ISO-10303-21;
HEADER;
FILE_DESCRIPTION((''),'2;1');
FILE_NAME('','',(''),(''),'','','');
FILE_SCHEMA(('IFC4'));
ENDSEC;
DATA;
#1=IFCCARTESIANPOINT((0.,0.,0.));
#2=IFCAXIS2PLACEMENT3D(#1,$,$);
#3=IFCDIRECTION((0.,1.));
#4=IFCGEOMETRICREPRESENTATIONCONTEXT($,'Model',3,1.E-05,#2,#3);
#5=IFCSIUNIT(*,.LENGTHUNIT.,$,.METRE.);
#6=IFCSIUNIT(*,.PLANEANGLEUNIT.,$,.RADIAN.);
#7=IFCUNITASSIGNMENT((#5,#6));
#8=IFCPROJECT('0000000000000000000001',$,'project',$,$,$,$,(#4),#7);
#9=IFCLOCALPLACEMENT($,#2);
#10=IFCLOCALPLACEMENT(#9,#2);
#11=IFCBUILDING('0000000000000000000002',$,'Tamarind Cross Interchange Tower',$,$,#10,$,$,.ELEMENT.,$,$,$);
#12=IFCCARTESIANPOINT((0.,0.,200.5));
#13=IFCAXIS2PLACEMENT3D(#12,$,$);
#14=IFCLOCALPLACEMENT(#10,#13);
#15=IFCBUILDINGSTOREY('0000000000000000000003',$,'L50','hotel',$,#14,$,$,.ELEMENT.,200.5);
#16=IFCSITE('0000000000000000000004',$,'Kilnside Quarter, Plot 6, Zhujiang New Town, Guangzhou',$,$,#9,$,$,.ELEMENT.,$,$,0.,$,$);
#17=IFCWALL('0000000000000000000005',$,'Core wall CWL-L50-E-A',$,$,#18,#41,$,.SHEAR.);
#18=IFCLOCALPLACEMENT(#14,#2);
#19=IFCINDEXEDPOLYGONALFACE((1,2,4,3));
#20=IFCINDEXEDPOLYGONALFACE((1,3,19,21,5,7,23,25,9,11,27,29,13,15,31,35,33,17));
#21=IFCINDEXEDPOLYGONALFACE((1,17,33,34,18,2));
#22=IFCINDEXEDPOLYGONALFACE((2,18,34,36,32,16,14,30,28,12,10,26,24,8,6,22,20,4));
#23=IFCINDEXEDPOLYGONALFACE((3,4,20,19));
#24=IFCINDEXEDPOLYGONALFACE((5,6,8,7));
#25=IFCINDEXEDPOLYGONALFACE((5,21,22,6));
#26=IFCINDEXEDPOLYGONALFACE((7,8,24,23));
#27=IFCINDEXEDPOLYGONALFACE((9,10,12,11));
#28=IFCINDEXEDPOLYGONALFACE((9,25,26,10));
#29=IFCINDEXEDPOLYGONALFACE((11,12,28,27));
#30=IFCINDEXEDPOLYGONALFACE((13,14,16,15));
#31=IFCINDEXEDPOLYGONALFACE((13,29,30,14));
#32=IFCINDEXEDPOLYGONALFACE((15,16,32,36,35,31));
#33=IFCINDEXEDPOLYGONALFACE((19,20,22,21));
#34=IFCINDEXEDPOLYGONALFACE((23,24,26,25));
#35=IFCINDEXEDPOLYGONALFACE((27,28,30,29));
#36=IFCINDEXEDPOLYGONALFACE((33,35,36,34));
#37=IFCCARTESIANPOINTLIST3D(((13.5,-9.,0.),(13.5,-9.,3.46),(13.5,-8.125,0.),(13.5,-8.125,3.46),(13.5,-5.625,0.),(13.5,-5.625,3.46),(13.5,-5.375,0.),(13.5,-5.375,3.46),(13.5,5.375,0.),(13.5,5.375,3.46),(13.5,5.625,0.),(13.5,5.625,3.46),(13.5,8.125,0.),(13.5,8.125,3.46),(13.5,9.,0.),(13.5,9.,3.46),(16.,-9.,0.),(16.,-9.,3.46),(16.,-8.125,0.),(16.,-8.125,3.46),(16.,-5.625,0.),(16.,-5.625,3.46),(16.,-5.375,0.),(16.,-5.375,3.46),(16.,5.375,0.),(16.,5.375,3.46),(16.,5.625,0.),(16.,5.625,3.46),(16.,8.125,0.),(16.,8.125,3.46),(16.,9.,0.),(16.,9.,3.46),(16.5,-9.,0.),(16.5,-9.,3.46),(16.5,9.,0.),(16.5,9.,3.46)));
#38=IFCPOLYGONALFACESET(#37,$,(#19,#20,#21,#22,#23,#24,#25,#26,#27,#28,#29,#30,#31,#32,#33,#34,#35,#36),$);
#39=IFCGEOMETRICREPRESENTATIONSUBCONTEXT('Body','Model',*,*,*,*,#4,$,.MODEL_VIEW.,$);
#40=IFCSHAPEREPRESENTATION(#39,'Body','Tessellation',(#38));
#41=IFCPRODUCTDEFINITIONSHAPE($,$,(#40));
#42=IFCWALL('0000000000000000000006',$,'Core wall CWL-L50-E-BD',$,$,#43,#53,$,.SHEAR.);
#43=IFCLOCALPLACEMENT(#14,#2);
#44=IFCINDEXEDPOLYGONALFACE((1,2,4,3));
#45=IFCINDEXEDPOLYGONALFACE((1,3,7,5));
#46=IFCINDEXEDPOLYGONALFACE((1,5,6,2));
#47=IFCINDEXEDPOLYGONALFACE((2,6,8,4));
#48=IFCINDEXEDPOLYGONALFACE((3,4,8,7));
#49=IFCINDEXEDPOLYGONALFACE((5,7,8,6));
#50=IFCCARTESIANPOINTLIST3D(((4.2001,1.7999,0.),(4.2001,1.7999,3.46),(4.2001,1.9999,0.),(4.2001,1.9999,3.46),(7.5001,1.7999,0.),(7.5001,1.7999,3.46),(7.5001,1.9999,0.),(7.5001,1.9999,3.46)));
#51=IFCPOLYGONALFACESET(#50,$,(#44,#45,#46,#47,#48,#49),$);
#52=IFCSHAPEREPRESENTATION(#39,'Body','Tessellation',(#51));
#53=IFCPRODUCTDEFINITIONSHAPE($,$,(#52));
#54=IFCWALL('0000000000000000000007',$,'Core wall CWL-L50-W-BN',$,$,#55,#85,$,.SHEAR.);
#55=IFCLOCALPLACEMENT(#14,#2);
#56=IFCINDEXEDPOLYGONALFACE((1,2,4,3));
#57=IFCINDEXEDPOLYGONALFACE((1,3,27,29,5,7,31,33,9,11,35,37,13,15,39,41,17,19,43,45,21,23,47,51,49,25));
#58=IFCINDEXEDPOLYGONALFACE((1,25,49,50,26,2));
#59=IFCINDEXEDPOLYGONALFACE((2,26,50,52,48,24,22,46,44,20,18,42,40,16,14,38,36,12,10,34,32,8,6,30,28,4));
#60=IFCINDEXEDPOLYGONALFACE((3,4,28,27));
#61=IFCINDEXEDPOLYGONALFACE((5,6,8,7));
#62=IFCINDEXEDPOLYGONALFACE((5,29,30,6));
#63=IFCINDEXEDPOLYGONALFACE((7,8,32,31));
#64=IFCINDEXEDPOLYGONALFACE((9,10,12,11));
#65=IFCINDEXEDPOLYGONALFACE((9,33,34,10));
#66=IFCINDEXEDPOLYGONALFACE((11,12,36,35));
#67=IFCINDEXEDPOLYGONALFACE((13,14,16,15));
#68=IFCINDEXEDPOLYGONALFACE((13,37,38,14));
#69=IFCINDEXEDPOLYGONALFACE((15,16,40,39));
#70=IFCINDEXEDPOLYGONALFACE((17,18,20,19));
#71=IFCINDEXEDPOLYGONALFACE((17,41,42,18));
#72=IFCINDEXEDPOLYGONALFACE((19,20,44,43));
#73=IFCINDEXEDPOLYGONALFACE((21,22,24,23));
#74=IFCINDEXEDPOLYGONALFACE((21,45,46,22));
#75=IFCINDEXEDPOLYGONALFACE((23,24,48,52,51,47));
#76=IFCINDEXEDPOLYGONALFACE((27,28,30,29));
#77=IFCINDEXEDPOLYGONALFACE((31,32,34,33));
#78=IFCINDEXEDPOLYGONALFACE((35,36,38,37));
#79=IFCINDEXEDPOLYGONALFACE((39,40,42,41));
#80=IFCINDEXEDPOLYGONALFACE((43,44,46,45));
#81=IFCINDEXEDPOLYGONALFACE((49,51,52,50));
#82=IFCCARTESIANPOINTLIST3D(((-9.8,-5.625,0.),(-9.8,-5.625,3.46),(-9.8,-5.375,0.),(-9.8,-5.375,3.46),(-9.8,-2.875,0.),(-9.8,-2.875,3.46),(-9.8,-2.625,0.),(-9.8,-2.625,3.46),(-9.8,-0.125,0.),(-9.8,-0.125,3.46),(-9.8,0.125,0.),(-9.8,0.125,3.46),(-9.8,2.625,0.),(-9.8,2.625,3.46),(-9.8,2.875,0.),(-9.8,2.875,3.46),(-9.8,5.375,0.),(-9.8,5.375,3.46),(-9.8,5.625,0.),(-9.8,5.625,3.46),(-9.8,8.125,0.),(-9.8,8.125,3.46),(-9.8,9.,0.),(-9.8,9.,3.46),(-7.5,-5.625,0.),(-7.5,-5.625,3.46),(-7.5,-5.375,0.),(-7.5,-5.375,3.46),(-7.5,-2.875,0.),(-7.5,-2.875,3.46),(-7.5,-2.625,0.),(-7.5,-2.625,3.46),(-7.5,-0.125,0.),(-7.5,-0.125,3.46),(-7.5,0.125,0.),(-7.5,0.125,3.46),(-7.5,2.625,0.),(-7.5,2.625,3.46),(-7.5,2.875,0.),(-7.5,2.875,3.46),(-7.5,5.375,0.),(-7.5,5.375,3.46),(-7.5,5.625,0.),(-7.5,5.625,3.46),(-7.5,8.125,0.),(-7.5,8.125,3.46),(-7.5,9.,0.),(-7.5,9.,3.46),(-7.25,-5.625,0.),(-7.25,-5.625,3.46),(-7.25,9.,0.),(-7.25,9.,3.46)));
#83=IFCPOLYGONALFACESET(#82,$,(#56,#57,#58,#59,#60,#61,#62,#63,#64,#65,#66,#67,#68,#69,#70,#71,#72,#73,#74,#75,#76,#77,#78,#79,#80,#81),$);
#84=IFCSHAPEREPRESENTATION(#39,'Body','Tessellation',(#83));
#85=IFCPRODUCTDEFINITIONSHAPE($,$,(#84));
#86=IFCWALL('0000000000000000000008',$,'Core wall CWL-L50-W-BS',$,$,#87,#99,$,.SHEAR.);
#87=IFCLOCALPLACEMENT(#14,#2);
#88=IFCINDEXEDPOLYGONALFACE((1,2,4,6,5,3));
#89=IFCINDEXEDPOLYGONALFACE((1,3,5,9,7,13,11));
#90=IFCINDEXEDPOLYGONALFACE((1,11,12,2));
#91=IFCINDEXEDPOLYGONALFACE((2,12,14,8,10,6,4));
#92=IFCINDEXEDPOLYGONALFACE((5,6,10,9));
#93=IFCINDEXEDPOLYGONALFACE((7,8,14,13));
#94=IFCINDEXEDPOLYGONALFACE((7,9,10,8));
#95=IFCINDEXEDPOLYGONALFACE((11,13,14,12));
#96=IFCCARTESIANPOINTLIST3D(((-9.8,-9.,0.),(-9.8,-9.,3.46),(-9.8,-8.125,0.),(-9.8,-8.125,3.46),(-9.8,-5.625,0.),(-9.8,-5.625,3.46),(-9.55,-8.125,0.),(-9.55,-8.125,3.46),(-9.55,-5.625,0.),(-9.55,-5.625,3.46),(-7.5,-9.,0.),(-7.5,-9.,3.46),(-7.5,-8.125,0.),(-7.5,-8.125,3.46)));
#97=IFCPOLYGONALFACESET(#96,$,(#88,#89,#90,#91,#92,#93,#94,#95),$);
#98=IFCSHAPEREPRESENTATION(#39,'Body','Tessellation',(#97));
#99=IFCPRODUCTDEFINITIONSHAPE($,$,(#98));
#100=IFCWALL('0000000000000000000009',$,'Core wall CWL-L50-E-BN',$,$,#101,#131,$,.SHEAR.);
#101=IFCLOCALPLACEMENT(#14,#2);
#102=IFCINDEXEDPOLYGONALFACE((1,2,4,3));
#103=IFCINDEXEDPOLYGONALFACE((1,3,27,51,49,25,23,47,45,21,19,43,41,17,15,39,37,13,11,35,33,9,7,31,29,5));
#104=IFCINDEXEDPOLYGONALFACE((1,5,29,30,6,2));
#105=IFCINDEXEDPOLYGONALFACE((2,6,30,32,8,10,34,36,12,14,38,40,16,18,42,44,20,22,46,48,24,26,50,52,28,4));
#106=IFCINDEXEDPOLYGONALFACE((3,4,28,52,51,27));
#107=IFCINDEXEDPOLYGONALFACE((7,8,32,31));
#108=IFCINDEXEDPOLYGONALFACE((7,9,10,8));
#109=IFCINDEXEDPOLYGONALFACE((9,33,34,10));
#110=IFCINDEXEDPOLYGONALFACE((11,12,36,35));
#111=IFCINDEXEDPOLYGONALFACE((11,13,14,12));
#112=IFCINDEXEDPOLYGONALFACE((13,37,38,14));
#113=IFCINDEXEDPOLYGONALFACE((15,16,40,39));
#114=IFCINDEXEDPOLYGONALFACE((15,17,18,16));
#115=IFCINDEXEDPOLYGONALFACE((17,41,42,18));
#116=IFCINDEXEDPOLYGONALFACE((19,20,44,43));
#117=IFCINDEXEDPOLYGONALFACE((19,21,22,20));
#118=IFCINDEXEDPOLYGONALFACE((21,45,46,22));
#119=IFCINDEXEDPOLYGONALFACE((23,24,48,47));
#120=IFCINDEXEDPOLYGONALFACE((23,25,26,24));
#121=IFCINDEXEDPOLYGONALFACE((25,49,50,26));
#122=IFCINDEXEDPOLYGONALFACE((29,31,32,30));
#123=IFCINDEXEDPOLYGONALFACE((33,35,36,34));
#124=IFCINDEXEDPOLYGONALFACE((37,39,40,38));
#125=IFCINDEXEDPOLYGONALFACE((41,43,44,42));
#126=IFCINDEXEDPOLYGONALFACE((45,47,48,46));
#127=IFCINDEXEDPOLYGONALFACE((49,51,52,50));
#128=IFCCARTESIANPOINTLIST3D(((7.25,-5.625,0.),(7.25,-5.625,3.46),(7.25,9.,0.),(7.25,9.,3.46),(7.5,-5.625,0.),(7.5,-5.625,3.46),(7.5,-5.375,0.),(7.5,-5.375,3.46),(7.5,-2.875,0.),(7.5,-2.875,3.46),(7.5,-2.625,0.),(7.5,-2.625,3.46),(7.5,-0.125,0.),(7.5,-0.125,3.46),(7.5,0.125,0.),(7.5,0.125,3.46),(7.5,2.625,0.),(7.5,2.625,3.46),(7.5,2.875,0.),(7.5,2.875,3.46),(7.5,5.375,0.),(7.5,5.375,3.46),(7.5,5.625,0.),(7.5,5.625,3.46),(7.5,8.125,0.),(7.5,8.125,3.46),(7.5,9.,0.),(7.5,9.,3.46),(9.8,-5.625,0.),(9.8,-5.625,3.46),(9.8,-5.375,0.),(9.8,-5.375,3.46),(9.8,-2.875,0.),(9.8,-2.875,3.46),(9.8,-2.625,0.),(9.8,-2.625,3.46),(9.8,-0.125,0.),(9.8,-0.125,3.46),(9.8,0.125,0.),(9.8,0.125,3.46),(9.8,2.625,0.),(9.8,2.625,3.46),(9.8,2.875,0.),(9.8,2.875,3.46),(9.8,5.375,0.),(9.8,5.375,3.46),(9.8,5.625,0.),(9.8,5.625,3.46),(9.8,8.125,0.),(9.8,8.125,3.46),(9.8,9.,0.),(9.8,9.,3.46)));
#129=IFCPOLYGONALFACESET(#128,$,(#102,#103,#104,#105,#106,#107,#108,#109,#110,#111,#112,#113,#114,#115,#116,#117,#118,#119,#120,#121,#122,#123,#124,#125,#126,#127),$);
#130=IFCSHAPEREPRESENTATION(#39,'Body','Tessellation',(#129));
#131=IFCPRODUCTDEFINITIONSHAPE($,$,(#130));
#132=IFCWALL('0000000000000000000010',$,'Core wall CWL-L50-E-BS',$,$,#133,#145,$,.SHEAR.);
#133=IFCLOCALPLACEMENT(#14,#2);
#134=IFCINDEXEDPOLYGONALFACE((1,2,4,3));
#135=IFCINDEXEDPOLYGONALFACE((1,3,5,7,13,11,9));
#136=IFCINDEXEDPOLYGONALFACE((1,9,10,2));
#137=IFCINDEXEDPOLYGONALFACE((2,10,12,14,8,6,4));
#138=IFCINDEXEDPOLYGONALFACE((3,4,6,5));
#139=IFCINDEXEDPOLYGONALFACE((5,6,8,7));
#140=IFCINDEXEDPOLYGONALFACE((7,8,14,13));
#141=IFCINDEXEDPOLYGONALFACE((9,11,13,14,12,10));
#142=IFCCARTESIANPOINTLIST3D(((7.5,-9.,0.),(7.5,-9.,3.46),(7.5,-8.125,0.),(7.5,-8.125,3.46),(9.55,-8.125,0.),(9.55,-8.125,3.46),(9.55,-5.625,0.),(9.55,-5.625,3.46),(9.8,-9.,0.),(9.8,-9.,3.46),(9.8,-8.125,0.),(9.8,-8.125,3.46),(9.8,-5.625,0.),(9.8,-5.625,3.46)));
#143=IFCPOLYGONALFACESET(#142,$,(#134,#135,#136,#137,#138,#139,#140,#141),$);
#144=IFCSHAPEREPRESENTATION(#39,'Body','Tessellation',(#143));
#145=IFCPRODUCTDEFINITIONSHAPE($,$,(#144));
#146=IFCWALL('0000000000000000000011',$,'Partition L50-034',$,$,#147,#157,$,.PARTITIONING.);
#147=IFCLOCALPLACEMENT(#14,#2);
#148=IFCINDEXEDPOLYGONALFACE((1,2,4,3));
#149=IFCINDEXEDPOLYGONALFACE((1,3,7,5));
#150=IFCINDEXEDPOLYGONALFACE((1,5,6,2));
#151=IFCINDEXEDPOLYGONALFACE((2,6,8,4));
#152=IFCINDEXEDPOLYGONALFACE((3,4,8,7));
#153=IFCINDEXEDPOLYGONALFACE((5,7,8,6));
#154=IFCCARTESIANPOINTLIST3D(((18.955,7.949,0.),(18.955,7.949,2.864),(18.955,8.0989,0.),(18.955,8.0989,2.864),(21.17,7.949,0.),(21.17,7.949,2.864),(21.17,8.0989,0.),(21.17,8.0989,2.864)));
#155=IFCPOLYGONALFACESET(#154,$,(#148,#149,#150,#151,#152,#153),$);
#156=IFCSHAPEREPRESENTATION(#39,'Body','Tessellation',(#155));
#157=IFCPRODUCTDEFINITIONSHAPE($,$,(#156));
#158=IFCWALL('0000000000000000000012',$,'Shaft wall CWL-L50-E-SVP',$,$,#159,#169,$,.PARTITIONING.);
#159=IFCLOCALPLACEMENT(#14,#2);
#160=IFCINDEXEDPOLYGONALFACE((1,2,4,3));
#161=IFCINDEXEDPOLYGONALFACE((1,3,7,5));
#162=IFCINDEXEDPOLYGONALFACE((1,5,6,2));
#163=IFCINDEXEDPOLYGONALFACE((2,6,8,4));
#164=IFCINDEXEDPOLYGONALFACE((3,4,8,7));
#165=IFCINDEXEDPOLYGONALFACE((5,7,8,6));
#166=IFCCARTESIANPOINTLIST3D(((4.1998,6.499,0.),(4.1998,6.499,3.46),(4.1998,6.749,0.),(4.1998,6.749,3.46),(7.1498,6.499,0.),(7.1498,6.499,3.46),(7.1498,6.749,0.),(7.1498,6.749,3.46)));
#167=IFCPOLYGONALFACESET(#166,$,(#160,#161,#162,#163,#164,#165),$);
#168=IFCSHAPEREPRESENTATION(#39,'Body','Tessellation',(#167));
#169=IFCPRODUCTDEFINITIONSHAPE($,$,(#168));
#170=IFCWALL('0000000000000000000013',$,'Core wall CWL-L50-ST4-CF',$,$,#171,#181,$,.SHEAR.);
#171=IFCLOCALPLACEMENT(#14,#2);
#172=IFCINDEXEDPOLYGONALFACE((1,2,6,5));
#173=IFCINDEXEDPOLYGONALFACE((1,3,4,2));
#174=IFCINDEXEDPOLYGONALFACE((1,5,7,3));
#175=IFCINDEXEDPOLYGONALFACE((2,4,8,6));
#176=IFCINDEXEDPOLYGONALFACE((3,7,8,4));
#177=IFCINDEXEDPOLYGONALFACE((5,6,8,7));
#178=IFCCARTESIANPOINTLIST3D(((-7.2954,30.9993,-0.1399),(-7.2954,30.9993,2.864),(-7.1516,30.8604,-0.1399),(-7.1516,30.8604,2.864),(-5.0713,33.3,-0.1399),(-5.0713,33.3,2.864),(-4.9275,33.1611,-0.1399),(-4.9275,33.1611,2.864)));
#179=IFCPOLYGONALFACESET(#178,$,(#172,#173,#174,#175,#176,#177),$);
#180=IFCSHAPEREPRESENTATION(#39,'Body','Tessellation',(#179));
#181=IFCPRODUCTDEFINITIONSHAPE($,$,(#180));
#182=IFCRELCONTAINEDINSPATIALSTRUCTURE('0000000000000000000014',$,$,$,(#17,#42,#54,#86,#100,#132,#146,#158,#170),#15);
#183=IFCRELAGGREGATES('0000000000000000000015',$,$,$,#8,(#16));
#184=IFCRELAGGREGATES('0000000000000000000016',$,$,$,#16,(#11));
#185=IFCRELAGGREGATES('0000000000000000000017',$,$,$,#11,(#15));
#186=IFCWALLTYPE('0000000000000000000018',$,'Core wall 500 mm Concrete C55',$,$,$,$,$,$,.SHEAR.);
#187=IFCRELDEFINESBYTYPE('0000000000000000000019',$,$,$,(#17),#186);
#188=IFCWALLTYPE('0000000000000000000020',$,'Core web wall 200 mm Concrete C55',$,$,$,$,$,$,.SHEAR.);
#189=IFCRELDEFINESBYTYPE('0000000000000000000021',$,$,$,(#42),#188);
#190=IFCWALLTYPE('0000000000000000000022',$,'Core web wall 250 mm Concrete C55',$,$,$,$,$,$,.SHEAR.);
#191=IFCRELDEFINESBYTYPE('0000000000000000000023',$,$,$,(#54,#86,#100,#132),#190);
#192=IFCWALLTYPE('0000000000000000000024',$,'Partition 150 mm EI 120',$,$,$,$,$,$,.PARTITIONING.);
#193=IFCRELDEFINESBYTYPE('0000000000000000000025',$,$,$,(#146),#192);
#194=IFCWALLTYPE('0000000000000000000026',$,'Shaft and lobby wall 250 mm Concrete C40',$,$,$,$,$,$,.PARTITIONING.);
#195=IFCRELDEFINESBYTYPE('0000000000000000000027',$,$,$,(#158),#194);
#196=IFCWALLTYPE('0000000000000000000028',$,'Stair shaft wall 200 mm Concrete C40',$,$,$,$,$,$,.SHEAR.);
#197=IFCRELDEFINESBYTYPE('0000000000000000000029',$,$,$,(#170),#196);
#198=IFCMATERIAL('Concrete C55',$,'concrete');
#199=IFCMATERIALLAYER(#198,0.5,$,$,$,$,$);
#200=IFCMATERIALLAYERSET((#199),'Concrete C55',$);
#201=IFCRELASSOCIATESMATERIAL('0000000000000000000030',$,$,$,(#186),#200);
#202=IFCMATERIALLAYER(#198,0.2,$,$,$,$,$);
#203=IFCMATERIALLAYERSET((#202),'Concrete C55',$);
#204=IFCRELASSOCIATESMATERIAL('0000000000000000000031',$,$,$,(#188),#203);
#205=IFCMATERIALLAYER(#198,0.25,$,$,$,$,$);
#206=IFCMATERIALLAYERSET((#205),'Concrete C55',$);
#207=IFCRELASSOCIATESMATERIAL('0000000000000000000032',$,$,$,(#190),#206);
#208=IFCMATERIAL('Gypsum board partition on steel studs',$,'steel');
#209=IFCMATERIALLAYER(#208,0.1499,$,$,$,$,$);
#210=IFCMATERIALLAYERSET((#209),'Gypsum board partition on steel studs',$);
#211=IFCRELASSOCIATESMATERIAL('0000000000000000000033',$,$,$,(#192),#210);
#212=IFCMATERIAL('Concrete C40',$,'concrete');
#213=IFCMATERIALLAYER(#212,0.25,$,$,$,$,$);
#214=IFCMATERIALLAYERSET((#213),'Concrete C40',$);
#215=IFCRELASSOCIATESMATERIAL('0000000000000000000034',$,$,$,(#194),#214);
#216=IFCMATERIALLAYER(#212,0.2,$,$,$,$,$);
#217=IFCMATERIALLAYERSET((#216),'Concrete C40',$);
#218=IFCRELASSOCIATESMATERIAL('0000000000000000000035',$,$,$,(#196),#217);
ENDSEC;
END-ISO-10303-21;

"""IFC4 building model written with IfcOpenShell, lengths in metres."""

from ifc_helpers import new_model, si_unit, direction, frame, frame_2d, origin, place, context, subcontext, project, spatial, polyline, rectangle, outline, extrude, material, layer, layer_set, type_object, element, save


model = new_model("IFC4")

# Units and contexts
model_context = context("Model", 3, precision=1e-05, world=origin(), true_north=direction((0.0, 1.0)))
body_context = subcontext(model_context, "Body", "Model", "MODEL_VIEW")
ifc_project = project(units=[si_unit("LENGTHUNIT", "METRE"), si_unit("PLANEANGLEUNIT", "RADIAN")], contexts=[model_context])

# Site, building, storey
site_placement = place(None, origin())
site = spatial("IfcSite", under=ifc_project, at=site_placement, Name="Kilnside Quarter, Plot 6, Zhujiang New Town, Guangzhou", CompositionType="ELEMENT", RefElevation=0.0)
building_placement = place(site_placement, origin())
building = spatial("IfcBuilding", under=site, at=building_placement, Name="Tamarind Cross Interchange Tower", CompositionType="ELEMENT")
storey_placement = place(building_placement, frame((0.0, 0.0, 200.5)))
storey = spatial("IfcBuildingStorey", under=building, at=storey_placement, Name="L50", Description="hotel", CompositionType="ELEMENT", Elevation=200.5)

# Shared definitions
ifc_material_1 = material(Name="Concrete C55", Category="concrete")

# Shared definitions
ifc_material_2 = material(Name="Concrete C40", Category="concrete")

# Walls
ifc_layer_1 = layer(ifc_material_1, 0.5)
ifc_layer_set_1 = layer_set([ifc_layer_1], Name="Concrete C55")
wall_type_1 = type_object("IfcWallType", Name="Core wall 500 mm Concrete C55", PredefinedType="SHEAR", material=ifc_layer_set_1)
wall_1_placement = place(storey_placement, origin())
element("IfcWall", 1, at=wall_1_placement, inside=storey, type_object=wall_type_1, Name="Core wall CWL-L50-E-A", PredefinedType="SHEAR", context=body_context, shape_type="SweptSolid", body=[
    extrude(outline(polyline([(13.5, -8.125), (13.5, -9.0), (16.0, -9.0), (16.5, -9.0), (16.5, 9.0), (16.0, 9.0), (13.5, 9.0), (13.5, 8.125), (16.0, 8.125), (16.0, 5.625), (13.5, 5.625), (13.5, 5.375), (16.0, 5.375), (16.0, -5.375), (13.5, -5.375), (13.5, -5.625), (16.0, -5.625), (16.0, -8.125), (13.5, -8.125)])), origin(), (0.0, 0.0, 1.0), 3.46),
])
ifc_layer_2 = layer(ifc_material_1, 0.2)
ifc_layer_set_2 = layer_set([ifc_layer_2], Name="Concrete C55")
wall_type_2 = type_object("IfcWallType", Name="Core web wall 200 mm Concrete C55", PredefinedType="SHEAR", material=ifc_layer_set_2)
wall_2_placement = place(storey_placement, frame((7.5, 1.8999, 0.0), z_axis=(0.0, 0.0, 1.0), x_axis=(-1.0, 0.0, 0.0)))
element("IfcWall", 2, at=wall_2_placement, inside=storey, type_object=wall_type_2, Name="Core wall CWL-L50-E-BD", PredefinedType="SHEAR", context=body_context, shape_type="SweptSolid", body=[
    extrude(rectangle(XDim=3.3, YDim=0.2, at=frame_2d((1.6499, 0.0))), origin(), (0.0, 0.0, 1.0), 3.46),
])
ifc_layer_3 = layer(ifc_material_1, 0.25)
ifc_layer_set_3 = layer_set([ifc_layer_3], Name="Concrete C55")
wall_type_3 = type_object("IfcWallType", Name="Core web wall 250 mm Concrete C55", PredefinedType="SHEAR", material=ifc_layer_set_3)
wall_3_placement = place(storey_placement, origin())
element("IfcWall", 3, at=wall_3_placement, inside=storey, type_object=wall_type_3, Name="Core wall CWL-L50-W-BN", PredefinedType="SHEAR", context=body_context, shape_type="SweptSolid", body=[
    extrude(outline(polyline([(-9.8, -5.375), (-9.8, -5.625), (-7.5, -5.625), (-7.25, -5.625), (-7.25, 9.0), (-7.5, 9.0), (-9.8, 9.0), (-9.8, 8.125), (-7.5, 8.125), (-7.5, 5.625), (-9.8, 5.625), (-9.8, 5.375), (-7.5, 5.375), (-7.5, 2.875), (-9.8, 2.875), (-9.8, 2.625), (-7.5, 2.625), (-7.5, 0.125), (-9.8, 0.125), (-9.8, -0.125), (-7.5, -0.125), (-7.5, -2.625), (-9.8, -2.625), (-9.8, -2.875), (-7.5, -2.875), (-7.5, -5.375), (-9.8, -5.375)])), origin(), (0.0, 0.0, 1.0), 3.46),
])
wall_4_placement = place(storey_placement, origin())
element("IfcWall", 4, at=wall_4_placement, inside=storey, type_object=wall_type_3, Name="Core wall CWL-L50-W-BS", PredefinedType="SHEAR", context=body_context, shape_type="SweptSolid", body=[
    extrude(outline(polyline([(-7.5, -8.125), (-9.55, -8.125), (-9.55, -5.625), (-9.8, -5.625), (-9.8, -8.125), (-9.8, -9.0), (-7.5, -9.0), (-7.5, -8.125)])), origin(), (0.0, 0.0, 1.0), 3.46),
])
wall_5_placement = place(storey_placement, origin())
element("IfcWall", 5, at=wall_5_placement, inside=storey, type_object=wall_type_3, Name="Core wall CWL-L50-E-BN", PredefinedType="SHEAR", context=body_context, shape_type="SweptSolid", body=[
    extrude(outline(polyline([(9.8, -5.375), (7.5, -5.375), (7.5, -2.875), (9.8, -2.875), (9.8, -2.625), (7.5, -2.625), (7.5, -0.125), (9.8, -0.125), (9.8, 0.125), (7.5, 0.125), (7.5, 2.625), (9.8, 2.625), (9.8, 2.875), (7.5, 2.875), (7.5, 5.375), (9.8, 5.375), (9.8, 5.625), (7.5, 5.625), (7.5, 8.125), (9.8, 8.125), (9.8, 9.0), (7.5, 9.0), (7.25, 9.0), (7.25, -5.625), (7.5, -5.625), (9.8, -5.625), (9.8, -5.375)])), origin(), (0.0, 0.0, 1.0), 3.46),
])
wall_6_placement = place(storey_placement, origin())
element("IfcWall", 6, at=wall_6_placement, inside=storey, type_object=wall_type_3, Name="Core wall CWL-L50-E-BS", PredefinedType="SHEAR", context=body_context, shape_type="SweptSolid", body=[
    extrude(outline(polyline([(7.5, -8.125), (7.5, -9.0), (9.8, -9.0), (9.8, -8.125), (9.8, -5.625), (9.55, -5.625), (9.55, -8.125), (7.5, -8.125)])), origin(), (0.0, 0.0, 1.0), 3.46),
])
ifc_material_3 = material(Name="Gypsum board partition on steel studs", Category="steel")
ifc_layer_4 = layer(ifc_material_3, 0.1499)
ifc_layer_set_4 = layer_set([ifc_layer_4], Name="Gypsum board partition on steel studs")
wall_type_4 = type_object("IfcWallType", Name="Partition 150 mm EI 120", PredefinedType="PARTITIONING", material=ifc_layer_set_4)
wall_7_placement = place(storey_placement, frame((18.9551, 8.0239, 0.0), z_axis=(0.0, 0.0, 1.0), x_axis=(1.0, 0.0, 0.0)))
element("IfcWall", 7, at=wall_7_placement, inside=storey, type_object=wall_type_4, Name="Partition L50-034", PredefinedType="PARTITIONING", context=body_context, shape_type="SweptSolid", body=[
    extrude(rectangle(XDim=2.2151, YDim=0.1499, at=frame_2d((1.1074, 0.0))), origin(), (0.0, 0.0, 1.0), 2.864),
])
ifc_layer_5 = layer(ifc_material_2, 0.25)
ifc_layer_set_5 = layer_set([ifc_layer_5], Name="Concrete C40")
wall_type_5 = type_object("IfcWallType", Name="Shaft and lobby wall 250 mm Concrete C40", PredefinedType="PARTITIONING", material=ifc_layer_set_5)
wall_8_placement = place(storey_placement, frame((7.1499, 6.624, 0.0), z_axis=(0.0, 0.0, 1.0), x_axis=(-1.0, 0.0, 0.0)))
element("IfcWall", 8, at=wall_8_placement, inside=storey, type_object=wall_type_5, Name="Shaft wall CWL-L50-E-SVP", PredefinedType="PARTITIONING", context=body_context, shape_type="SweptSolid", body=[
    extrude(rectangle(XDim=2.95, YDim=0.25, at=frame_2d((1.4751, 0.0))), origin(), (0.0, 0.0, 1.0), 3.46),
])
ifc_layer_6 = layer(ifc_material_2, 0.2)
ifc_layer_set_6 = layer_set([ifc_layer_6], Name="Concrete C40")
wall_type_6 = type_object("IfcWallType", Name="Stair shaft wall 200 mm Concrete C40", PredefinedType="SHEAR", material=ifc_layer_set_6)
wall_9_placement = place(storey_placement, frame((0.0, 0.0, -0.1399)))
element("IfcWall", 9, at=wall_9_placement, inside=storey, type_object=wall_type_6, Name="Core wall CWL-L50-ST4-CF", PredefinedType="SHEAR", context=body_context, shape_type="SweptSolid", body=[
    extrude(outline(polyline([(-4.9275, 33.1611), (-5.0713, 33.3), (-7.2954, 30.9993), (-7.1516, 30.8604), (-4.9275, 33.1611)])), origin(), (0.0, 0.0, 1.0), 3.0039),
])

save(model, "model.ifc")
